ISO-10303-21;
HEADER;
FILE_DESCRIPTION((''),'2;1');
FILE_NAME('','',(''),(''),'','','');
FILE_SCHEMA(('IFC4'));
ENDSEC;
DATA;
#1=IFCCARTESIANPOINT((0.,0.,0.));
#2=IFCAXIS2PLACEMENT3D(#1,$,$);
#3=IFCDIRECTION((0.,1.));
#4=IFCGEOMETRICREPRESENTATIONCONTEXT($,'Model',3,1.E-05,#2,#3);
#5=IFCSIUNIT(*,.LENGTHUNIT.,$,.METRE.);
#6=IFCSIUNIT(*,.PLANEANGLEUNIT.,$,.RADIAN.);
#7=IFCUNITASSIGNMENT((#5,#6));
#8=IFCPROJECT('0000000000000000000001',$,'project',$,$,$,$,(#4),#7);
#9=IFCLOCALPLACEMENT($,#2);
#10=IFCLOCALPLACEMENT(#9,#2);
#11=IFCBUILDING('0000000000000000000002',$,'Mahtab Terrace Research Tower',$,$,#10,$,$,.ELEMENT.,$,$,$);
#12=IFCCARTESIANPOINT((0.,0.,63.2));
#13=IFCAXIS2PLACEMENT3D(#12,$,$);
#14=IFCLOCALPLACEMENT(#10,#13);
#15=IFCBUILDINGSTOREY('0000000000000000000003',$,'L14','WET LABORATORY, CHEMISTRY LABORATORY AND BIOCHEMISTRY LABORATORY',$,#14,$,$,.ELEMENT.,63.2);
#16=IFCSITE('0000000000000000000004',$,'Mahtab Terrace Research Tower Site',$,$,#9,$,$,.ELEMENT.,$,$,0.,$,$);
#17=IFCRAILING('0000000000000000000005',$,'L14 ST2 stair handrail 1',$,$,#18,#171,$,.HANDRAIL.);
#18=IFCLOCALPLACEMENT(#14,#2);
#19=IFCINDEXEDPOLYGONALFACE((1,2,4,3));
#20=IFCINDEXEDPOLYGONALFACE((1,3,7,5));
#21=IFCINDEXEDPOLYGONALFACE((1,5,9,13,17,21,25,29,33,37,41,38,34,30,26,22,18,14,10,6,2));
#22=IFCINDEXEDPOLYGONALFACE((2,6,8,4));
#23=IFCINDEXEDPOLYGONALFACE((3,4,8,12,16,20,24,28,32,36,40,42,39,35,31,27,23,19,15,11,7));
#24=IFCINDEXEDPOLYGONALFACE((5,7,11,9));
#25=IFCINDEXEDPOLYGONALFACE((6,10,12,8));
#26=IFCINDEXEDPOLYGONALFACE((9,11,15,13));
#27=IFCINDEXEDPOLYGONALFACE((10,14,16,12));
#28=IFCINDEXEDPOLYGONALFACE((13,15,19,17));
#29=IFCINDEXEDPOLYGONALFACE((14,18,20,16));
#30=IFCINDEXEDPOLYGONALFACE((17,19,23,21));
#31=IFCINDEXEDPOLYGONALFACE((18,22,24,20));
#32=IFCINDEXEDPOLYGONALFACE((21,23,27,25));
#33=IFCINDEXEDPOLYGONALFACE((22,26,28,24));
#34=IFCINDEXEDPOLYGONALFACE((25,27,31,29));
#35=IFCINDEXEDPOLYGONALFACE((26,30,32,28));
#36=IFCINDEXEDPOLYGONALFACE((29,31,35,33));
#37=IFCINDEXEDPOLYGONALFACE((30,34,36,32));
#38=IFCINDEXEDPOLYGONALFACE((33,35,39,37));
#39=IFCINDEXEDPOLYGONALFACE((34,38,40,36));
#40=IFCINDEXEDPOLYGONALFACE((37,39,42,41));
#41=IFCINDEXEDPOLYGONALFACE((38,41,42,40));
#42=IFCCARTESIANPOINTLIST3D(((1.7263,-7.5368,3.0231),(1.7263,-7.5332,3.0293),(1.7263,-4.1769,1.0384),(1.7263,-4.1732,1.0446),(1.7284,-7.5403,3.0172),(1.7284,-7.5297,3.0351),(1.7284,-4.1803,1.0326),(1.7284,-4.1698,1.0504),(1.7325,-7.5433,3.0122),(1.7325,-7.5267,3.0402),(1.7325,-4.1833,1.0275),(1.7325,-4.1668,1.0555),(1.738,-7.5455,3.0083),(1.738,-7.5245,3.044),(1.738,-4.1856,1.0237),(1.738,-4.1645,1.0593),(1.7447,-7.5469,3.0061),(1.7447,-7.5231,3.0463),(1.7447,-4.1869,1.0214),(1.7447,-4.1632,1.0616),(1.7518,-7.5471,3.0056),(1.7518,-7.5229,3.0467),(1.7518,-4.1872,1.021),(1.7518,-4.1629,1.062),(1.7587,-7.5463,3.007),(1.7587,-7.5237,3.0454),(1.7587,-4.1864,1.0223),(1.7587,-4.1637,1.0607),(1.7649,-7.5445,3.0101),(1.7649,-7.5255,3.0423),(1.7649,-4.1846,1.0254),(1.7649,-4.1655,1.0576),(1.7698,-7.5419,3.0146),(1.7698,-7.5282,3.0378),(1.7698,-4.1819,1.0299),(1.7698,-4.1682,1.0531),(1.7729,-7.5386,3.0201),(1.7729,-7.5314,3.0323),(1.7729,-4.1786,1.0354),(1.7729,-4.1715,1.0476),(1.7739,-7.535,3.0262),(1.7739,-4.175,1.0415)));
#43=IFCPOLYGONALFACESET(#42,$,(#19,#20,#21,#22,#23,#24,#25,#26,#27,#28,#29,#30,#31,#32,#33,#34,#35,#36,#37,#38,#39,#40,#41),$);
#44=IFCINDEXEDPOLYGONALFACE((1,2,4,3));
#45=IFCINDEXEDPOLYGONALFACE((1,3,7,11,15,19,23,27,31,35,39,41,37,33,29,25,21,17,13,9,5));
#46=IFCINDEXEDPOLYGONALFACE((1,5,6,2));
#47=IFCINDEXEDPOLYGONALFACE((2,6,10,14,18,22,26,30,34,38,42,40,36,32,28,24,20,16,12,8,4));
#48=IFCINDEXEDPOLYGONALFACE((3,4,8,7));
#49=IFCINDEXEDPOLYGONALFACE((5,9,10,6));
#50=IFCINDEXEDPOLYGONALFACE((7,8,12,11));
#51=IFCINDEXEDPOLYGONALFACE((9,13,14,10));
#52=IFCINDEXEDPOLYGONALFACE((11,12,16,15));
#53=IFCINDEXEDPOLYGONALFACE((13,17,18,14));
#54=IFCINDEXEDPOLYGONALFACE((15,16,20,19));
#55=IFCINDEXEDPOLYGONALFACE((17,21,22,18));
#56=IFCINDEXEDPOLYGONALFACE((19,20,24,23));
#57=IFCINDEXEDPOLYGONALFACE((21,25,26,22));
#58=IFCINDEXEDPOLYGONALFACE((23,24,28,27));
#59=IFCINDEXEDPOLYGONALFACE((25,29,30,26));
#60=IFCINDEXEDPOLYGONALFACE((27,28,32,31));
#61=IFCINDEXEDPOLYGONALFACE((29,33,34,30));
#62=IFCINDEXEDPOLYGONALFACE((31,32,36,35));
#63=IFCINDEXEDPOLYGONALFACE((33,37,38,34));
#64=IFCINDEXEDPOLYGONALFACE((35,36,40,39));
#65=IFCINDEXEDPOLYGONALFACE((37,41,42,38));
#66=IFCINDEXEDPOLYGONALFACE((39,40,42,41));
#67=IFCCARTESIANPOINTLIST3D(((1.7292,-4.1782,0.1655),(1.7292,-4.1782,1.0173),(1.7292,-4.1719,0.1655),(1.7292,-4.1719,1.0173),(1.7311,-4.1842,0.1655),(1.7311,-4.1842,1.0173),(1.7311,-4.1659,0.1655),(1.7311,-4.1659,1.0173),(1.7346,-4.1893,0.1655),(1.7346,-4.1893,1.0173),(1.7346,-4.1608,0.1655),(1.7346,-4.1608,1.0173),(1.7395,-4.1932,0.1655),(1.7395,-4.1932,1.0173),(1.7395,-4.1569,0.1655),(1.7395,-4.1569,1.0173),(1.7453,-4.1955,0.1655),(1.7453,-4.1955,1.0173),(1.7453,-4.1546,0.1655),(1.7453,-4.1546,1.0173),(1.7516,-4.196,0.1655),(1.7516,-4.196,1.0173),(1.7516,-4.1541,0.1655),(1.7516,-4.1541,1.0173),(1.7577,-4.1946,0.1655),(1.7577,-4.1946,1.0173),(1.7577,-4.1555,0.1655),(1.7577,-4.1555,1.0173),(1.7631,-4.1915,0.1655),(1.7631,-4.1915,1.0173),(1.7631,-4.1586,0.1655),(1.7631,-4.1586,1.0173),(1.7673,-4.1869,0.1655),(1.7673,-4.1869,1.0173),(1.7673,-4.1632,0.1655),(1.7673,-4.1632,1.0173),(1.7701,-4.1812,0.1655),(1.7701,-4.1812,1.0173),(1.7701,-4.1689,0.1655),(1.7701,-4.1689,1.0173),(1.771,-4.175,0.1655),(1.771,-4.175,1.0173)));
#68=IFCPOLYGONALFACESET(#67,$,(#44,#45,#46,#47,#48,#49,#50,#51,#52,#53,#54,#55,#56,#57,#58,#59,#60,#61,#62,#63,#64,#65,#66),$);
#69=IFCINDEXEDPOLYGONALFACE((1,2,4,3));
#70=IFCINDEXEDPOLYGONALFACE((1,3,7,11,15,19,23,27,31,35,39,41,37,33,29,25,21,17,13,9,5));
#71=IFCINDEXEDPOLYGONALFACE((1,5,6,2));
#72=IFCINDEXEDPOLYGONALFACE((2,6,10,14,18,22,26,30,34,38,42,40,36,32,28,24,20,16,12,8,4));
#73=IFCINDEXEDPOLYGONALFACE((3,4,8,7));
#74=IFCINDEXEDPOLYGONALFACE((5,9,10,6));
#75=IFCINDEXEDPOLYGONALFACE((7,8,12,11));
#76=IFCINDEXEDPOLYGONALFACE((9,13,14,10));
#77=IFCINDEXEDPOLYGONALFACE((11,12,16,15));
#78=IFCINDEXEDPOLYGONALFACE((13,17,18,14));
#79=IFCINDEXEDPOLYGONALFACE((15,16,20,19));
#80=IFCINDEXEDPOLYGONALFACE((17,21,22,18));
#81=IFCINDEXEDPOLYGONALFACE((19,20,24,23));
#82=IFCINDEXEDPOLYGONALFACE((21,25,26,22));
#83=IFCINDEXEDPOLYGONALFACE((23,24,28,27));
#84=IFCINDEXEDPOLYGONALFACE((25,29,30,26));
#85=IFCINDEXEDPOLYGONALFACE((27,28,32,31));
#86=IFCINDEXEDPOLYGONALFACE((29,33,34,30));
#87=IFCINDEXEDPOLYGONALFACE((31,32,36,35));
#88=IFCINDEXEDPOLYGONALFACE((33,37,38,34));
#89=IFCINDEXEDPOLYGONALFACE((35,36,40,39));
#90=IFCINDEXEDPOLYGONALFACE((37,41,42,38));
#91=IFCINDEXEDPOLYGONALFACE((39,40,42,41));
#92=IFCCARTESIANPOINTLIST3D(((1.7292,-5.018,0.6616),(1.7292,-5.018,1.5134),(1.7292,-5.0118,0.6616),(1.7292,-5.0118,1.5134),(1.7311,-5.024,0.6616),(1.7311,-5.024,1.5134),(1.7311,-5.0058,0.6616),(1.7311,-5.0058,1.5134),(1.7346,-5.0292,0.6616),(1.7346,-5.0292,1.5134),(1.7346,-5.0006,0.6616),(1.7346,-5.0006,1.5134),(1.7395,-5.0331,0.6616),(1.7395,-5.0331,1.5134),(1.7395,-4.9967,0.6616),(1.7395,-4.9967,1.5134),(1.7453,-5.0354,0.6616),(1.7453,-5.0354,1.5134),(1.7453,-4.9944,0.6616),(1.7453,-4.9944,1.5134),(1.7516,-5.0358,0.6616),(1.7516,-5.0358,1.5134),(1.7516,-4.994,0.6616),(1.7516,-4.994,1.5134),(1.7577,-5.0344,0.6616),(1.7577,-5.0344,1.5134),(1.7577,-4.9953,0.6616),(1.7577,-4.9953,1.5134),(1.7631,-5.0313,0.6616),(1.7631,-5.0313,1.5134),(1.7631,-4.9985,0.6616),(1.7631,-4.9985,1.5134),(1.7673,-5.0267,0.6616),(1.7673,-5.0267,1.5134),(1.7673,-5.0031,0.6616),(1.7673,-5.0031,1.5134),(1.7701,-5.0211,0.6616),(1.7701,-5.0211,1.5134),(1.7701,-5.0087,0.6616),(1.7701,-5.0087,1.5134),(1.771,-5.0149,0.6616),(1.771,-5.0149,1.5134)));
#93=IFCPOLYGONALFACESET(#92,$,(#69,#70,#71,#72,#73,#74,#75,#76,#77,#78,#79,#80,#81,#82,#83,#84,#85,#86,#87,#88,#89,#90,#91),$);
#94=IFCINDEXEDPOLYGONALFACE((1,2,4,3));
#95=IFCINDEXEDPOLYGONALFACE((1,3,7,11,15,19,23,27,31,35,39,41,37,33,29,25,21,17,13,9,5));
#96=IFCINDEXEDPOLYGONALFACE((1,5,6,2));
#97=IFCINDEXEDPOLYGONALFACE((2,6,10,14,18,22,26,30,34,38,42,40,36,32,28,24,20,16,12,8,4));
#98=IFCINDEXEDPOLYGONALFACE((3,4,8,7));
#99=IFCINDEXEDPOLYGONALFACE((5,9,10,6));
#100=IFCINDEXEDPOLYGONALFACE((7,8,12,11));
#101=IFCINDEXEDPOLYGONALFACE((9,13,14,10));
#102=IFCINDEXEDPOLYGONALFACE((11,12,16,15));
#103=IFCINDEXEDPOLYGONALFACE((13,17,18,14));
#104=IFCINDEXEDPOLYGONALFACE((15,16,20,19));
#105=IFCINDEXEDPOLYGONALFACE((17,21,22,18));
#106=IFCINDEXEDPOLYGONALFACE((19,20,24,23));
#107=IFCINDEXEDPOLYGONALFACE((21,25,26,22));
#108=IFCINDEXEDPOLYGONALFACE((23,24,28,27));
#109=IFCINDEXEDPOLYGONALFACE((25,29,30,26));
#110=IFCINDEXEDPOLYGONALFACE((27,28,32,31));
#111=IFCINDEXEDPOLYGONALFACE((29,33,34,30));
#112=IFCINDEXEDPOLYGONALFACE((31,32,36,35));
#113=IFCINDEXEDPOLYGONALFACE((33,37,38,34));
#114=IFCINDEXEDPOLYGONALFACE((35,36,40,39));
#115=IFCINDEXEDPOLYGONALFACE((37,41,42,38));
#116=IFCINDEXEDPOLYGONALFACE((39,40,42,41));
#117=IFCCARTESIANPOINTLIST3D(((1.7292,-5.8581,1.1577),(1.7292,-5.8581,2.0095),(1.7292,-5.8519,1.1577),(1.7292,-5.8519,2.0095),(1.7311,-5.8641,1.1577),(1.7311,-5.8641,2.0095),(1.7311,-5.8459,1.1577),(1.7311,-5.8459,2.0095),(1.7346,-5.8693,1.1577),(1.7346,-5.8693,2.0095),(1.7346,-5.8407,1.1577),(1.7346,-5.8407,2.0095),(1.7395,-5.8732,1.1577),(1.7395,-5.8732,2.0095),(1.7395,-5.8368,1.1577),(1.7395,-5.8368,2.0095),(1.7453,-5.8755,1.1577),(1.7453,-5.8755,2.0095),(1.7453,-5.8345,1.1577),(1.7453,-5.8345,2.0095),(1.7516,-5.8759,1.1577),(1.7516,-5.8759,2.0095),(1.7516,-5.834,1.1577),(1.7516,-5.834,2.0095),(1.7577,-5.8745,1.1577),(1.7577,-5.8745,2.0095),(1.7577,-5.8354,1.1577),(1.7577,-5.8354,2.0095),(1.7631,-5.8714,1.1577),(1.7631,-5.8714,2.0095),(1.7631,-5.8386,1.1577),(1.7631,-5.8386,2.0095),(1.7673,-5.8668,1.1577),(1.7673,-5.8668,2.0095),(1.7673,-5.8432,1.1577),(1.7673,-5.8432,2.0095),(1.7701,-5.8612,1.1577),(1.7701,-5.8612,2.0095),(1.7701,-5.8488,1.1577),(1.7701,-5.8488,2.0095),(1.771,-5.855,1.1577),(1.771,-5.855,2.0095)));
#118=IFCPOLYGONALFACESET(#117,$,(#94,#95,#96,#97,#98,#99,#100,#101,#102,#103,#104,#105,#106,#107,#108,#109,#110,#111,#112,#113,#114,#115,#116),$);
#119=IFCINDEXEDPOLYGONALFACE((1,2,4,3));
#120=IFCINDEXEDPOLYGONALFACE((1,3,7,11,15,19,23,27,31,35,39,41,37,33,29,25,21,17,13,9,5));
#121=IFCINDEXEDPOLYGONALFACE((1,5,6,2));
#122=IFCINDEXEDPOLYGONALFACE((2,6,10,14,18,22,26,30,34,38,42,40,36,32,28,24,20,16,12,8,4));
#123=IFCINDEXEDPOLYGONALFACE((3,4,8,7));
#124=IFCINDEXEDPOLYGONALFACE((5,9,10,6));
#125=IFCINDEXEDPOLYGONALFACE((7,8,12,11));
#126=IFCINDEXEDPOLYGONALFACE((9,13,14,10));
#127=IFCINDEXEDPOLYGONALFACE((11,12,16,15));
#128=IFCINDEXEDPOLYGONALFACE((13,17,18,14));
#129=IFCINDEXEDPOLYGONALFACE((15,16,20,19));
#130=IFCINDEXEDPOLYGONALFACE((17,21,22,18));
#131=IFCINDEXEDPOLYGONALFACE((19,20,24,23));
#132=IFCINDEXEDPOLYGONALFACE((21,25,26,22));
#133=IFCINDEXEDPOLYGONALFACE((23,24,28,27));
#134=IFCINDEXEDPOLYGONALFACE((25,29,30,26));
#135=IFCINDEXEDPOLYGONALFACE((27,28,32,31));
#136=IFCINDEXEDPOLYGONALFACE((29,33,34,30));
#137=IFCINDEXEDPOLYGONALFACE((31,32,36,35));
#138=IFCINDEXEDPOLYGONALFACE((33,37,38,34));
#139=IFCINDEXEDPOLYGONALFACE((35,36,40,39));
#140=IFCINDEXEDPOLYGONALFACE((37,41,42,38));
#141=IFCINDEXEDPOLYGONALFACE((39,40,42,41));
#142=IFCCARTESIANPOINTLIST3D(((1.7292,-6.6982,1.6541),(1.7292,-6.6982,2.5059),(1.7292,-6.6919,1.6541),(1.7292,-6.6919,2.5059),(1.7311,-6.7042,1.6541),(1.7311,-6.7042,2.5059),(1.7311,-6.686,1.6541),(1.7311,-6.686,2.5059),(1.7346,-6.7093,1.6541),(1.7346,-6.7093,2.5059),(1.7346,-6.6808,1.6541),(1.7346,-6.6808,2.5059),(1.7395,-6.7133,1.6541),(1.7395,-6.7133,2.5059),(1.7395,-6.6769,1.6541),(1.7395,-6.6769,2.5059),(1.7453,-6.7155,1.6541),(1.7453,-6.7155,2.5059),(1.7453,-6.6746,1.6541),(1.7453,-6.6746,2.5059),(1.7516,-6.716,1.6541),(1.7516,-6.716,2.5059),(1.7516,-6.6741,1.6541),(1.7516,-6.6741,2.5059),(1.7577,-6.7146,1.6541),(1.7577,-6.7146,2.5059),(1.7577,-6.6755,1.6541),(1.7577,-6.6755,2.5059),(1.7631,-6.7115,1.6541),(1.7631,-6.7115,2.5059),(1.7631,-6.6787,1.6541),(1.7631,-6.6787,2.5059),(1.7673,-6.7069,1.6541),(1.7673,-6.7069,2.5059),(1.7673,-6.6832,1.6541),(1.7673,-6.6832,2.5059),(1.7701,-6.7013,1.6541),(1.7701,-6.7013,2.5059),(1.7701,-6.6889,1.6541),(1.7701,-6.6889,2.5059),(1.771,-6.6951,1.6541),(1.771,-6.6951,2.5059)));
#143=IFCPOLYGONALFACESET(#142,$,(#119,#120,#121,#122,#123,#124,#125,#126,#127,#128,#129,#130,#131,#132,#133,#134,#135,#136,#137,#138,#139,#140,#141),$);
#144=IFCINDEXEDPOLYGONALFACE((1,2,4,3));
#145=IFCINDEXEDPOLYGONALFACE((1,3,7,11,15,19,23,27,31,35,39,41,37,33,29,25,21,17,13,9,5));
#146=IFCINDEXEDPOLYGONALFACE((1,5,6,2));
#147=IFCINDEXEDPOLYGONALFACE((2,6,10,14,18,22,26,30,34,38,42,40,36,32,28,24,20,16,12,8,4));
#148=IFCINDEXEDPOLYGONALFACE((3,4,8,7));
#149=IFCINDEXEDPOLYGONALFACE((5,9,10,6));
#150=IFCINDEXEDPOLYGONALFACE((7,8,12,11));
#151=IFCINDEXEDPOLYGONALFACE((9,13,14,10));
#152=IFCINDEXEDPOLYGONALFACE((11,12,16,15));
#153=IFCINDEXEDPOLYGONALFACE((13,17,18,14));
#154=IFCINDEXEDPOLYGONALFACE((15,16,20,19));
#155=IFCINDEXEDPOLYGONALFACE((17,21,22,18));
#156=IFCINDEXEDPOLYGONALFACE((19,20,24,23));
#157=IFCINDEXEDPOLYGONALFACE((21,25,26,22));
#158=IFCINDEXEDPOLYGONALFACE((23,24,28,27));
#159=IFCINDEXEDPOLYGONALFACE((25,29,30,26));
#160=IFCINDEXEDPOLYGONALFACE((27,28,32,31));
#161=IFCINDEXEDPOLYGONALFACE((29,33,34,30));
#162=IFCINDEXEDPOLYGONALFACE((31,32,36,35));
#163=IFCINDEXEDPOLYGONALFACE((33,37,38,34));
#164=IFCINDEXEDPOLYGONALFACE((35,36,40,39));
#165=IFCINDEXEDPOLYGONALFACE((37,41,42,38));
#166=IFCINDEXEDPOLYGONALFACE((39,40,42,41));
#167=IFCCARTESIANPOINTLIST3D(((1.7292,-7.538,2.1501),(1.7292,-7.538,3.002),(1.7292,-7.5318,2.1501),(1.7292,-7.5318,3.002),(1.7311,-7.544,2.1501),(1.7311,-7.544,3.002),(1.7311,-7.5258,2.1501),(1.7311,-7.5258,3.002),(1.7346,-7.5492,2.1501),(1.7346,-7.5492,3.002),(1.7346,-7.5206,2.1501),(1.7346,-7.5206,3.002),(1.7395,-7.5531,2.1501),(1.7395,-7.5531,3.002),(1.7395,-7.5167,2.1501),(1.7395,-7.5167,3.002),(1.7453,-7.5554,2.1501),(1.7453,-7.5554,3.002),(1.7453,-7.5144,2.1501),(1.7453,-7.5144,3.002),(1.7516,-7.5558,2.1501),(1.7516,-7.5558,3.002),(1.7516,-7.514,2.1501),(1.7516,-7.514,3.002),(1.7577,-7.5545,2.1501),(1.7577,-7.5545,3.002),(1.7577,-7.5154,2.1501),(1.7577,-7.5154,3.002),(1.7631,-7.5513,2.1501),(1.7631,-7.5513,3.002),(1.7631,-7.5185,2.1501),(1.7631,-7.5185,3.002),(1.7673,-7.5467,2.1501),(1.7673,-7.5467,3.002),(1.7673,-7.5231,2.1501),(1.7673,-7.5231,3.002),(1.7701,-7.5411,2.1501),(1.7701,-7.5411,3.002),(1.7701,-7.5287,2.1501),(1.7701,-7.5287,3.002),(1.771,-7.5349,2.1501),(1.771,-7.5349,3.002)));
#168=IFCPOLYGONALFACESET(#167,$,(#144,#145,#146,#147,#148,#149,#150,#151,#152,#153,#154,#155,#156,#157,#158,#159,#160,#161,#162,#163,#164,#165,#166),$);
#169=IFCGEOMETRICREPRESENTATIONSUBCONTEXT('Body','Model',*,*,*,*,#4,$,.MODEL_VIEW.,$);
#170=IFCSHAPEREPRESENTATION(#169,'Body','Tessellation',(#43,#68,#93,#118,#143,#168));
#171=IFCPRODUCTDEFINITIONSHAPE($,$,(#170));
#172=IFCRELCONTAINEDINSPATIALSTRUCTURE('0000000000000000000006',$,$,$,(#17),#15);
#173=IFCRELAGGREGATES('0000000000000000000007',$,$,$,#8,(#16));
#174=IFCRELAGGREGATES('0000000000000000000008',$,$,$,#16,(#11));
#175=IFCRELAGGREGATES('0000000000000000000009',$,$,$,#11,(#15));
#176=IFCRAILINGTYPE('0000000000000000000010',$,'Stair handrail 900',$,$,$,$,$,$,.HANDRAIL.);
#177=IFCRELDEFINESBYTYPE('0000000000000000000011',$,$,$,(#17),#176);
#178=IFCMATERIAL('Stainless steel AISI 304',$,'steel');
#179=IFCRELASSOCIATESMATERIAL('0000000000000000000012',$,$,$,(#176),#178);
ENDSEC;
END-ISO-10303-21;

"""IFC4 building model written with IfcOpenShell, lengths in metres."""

from ifc_helpers import new_model, si_unit, direction, frame, origin, origin_2d, place, context, subcontext, project, spatial, circle, extrude, material, type_object, element, save


model = new_model("IFC4")

# Units and contexts
model_context = context("Model", 3, precision=1e-05, world=origin(), true_north=direction((0.0, 1.0)))
body_context = subcontext(model_context, "Body", "Model", "MODEL_VIEW")
ifc_project = project(units=[si_unit("LENGTHUNIT", "METRE"), si_unit("PLANEANGLEUNIT", "RADIAN")], contexts=[model_context])

# Site, building, storey
site_placement = place(None, origin())
site = spatial("IfcSite", under=ifc_project, at=site_placement, Name="Mahtab Terrace Research Tower Site", CompositionType="ELEMENT", RefElevation=0.0)
building_placement = place(site_placement, origin())
building = spatial("IfcBuilding", under=site, at=building_placement, Name="Mahtab Terrace Research Tower", CompositionType="ELEMENT")
storey_placement = place(building_placement, frame((0.0, 0.0, 63.2)))
storey = spatial("IfcBuildingStorey", under=building, at=storey_placement, Name="L14", Description="WET LABORATORY, CHEMISTRY LABORATORY AND BIOCHEMISTRY LABORATORY", CompositionType="ELEMENT", Elevation=63.2)

# Railing
ifc_material_1 = material(Name="Stainless steel AISI 304", Category="steel")
railing_type_1 = type_object("IfcRailingType", Name="Stair handrail 900", PredefinedType="HANDRAIL", material=ifc_material_1)
railing_1_placement = place(storey_placement, frame((1.75, -4.175, 0.1655)))
element("IfcRailing", 1, at=railing_1_placement, inside=storey, type_object=railing_type_1, Name="L14 ST2 stair handrail 1", PredefinedType="HANDRAIL", context=body_context, shape_type="SweptSolid", body=[
    extrude(circle(Radius=0.0239, at=origin_2d()), frame((0.0, 0.0, 0.876), z_axis=(0.0, -0.861011, 0.508586), x_axis=(1.0, 0.0, 0.0)), (0.0, 0.0, 1.0), 3.9023),
    extrude(circle(Radius=0.021, at=origin_2d()), origin(), (0.0, 0.0, 1.0), 0.8518),
    extrude(circle(Radius=0.021, at=origin_2d()), frame((0.0, -0.8398, 0.4961)), (0.0, 0.0, 1.0), 0.8518),
    extrude(circle(Radius=0.021, at=origin_2d()), frame((0.0, -1.6799, 0.9922)), (0.0, 0.0, 1.0), 0.8518),
    extrude(circle(Radius=0.021, at=origin_2d()), frame((0.0, -2.52, 1.4885)), (0.0, 0.0, 1.0), 0.8518),
    extrude(circle(Radius=0.021, at=origin_2d()), frame((0.0, -3.3599, 1.9846)), (0.0, 0.0, 1.0), 0.8518),
])

save(model, "model.ifc")
